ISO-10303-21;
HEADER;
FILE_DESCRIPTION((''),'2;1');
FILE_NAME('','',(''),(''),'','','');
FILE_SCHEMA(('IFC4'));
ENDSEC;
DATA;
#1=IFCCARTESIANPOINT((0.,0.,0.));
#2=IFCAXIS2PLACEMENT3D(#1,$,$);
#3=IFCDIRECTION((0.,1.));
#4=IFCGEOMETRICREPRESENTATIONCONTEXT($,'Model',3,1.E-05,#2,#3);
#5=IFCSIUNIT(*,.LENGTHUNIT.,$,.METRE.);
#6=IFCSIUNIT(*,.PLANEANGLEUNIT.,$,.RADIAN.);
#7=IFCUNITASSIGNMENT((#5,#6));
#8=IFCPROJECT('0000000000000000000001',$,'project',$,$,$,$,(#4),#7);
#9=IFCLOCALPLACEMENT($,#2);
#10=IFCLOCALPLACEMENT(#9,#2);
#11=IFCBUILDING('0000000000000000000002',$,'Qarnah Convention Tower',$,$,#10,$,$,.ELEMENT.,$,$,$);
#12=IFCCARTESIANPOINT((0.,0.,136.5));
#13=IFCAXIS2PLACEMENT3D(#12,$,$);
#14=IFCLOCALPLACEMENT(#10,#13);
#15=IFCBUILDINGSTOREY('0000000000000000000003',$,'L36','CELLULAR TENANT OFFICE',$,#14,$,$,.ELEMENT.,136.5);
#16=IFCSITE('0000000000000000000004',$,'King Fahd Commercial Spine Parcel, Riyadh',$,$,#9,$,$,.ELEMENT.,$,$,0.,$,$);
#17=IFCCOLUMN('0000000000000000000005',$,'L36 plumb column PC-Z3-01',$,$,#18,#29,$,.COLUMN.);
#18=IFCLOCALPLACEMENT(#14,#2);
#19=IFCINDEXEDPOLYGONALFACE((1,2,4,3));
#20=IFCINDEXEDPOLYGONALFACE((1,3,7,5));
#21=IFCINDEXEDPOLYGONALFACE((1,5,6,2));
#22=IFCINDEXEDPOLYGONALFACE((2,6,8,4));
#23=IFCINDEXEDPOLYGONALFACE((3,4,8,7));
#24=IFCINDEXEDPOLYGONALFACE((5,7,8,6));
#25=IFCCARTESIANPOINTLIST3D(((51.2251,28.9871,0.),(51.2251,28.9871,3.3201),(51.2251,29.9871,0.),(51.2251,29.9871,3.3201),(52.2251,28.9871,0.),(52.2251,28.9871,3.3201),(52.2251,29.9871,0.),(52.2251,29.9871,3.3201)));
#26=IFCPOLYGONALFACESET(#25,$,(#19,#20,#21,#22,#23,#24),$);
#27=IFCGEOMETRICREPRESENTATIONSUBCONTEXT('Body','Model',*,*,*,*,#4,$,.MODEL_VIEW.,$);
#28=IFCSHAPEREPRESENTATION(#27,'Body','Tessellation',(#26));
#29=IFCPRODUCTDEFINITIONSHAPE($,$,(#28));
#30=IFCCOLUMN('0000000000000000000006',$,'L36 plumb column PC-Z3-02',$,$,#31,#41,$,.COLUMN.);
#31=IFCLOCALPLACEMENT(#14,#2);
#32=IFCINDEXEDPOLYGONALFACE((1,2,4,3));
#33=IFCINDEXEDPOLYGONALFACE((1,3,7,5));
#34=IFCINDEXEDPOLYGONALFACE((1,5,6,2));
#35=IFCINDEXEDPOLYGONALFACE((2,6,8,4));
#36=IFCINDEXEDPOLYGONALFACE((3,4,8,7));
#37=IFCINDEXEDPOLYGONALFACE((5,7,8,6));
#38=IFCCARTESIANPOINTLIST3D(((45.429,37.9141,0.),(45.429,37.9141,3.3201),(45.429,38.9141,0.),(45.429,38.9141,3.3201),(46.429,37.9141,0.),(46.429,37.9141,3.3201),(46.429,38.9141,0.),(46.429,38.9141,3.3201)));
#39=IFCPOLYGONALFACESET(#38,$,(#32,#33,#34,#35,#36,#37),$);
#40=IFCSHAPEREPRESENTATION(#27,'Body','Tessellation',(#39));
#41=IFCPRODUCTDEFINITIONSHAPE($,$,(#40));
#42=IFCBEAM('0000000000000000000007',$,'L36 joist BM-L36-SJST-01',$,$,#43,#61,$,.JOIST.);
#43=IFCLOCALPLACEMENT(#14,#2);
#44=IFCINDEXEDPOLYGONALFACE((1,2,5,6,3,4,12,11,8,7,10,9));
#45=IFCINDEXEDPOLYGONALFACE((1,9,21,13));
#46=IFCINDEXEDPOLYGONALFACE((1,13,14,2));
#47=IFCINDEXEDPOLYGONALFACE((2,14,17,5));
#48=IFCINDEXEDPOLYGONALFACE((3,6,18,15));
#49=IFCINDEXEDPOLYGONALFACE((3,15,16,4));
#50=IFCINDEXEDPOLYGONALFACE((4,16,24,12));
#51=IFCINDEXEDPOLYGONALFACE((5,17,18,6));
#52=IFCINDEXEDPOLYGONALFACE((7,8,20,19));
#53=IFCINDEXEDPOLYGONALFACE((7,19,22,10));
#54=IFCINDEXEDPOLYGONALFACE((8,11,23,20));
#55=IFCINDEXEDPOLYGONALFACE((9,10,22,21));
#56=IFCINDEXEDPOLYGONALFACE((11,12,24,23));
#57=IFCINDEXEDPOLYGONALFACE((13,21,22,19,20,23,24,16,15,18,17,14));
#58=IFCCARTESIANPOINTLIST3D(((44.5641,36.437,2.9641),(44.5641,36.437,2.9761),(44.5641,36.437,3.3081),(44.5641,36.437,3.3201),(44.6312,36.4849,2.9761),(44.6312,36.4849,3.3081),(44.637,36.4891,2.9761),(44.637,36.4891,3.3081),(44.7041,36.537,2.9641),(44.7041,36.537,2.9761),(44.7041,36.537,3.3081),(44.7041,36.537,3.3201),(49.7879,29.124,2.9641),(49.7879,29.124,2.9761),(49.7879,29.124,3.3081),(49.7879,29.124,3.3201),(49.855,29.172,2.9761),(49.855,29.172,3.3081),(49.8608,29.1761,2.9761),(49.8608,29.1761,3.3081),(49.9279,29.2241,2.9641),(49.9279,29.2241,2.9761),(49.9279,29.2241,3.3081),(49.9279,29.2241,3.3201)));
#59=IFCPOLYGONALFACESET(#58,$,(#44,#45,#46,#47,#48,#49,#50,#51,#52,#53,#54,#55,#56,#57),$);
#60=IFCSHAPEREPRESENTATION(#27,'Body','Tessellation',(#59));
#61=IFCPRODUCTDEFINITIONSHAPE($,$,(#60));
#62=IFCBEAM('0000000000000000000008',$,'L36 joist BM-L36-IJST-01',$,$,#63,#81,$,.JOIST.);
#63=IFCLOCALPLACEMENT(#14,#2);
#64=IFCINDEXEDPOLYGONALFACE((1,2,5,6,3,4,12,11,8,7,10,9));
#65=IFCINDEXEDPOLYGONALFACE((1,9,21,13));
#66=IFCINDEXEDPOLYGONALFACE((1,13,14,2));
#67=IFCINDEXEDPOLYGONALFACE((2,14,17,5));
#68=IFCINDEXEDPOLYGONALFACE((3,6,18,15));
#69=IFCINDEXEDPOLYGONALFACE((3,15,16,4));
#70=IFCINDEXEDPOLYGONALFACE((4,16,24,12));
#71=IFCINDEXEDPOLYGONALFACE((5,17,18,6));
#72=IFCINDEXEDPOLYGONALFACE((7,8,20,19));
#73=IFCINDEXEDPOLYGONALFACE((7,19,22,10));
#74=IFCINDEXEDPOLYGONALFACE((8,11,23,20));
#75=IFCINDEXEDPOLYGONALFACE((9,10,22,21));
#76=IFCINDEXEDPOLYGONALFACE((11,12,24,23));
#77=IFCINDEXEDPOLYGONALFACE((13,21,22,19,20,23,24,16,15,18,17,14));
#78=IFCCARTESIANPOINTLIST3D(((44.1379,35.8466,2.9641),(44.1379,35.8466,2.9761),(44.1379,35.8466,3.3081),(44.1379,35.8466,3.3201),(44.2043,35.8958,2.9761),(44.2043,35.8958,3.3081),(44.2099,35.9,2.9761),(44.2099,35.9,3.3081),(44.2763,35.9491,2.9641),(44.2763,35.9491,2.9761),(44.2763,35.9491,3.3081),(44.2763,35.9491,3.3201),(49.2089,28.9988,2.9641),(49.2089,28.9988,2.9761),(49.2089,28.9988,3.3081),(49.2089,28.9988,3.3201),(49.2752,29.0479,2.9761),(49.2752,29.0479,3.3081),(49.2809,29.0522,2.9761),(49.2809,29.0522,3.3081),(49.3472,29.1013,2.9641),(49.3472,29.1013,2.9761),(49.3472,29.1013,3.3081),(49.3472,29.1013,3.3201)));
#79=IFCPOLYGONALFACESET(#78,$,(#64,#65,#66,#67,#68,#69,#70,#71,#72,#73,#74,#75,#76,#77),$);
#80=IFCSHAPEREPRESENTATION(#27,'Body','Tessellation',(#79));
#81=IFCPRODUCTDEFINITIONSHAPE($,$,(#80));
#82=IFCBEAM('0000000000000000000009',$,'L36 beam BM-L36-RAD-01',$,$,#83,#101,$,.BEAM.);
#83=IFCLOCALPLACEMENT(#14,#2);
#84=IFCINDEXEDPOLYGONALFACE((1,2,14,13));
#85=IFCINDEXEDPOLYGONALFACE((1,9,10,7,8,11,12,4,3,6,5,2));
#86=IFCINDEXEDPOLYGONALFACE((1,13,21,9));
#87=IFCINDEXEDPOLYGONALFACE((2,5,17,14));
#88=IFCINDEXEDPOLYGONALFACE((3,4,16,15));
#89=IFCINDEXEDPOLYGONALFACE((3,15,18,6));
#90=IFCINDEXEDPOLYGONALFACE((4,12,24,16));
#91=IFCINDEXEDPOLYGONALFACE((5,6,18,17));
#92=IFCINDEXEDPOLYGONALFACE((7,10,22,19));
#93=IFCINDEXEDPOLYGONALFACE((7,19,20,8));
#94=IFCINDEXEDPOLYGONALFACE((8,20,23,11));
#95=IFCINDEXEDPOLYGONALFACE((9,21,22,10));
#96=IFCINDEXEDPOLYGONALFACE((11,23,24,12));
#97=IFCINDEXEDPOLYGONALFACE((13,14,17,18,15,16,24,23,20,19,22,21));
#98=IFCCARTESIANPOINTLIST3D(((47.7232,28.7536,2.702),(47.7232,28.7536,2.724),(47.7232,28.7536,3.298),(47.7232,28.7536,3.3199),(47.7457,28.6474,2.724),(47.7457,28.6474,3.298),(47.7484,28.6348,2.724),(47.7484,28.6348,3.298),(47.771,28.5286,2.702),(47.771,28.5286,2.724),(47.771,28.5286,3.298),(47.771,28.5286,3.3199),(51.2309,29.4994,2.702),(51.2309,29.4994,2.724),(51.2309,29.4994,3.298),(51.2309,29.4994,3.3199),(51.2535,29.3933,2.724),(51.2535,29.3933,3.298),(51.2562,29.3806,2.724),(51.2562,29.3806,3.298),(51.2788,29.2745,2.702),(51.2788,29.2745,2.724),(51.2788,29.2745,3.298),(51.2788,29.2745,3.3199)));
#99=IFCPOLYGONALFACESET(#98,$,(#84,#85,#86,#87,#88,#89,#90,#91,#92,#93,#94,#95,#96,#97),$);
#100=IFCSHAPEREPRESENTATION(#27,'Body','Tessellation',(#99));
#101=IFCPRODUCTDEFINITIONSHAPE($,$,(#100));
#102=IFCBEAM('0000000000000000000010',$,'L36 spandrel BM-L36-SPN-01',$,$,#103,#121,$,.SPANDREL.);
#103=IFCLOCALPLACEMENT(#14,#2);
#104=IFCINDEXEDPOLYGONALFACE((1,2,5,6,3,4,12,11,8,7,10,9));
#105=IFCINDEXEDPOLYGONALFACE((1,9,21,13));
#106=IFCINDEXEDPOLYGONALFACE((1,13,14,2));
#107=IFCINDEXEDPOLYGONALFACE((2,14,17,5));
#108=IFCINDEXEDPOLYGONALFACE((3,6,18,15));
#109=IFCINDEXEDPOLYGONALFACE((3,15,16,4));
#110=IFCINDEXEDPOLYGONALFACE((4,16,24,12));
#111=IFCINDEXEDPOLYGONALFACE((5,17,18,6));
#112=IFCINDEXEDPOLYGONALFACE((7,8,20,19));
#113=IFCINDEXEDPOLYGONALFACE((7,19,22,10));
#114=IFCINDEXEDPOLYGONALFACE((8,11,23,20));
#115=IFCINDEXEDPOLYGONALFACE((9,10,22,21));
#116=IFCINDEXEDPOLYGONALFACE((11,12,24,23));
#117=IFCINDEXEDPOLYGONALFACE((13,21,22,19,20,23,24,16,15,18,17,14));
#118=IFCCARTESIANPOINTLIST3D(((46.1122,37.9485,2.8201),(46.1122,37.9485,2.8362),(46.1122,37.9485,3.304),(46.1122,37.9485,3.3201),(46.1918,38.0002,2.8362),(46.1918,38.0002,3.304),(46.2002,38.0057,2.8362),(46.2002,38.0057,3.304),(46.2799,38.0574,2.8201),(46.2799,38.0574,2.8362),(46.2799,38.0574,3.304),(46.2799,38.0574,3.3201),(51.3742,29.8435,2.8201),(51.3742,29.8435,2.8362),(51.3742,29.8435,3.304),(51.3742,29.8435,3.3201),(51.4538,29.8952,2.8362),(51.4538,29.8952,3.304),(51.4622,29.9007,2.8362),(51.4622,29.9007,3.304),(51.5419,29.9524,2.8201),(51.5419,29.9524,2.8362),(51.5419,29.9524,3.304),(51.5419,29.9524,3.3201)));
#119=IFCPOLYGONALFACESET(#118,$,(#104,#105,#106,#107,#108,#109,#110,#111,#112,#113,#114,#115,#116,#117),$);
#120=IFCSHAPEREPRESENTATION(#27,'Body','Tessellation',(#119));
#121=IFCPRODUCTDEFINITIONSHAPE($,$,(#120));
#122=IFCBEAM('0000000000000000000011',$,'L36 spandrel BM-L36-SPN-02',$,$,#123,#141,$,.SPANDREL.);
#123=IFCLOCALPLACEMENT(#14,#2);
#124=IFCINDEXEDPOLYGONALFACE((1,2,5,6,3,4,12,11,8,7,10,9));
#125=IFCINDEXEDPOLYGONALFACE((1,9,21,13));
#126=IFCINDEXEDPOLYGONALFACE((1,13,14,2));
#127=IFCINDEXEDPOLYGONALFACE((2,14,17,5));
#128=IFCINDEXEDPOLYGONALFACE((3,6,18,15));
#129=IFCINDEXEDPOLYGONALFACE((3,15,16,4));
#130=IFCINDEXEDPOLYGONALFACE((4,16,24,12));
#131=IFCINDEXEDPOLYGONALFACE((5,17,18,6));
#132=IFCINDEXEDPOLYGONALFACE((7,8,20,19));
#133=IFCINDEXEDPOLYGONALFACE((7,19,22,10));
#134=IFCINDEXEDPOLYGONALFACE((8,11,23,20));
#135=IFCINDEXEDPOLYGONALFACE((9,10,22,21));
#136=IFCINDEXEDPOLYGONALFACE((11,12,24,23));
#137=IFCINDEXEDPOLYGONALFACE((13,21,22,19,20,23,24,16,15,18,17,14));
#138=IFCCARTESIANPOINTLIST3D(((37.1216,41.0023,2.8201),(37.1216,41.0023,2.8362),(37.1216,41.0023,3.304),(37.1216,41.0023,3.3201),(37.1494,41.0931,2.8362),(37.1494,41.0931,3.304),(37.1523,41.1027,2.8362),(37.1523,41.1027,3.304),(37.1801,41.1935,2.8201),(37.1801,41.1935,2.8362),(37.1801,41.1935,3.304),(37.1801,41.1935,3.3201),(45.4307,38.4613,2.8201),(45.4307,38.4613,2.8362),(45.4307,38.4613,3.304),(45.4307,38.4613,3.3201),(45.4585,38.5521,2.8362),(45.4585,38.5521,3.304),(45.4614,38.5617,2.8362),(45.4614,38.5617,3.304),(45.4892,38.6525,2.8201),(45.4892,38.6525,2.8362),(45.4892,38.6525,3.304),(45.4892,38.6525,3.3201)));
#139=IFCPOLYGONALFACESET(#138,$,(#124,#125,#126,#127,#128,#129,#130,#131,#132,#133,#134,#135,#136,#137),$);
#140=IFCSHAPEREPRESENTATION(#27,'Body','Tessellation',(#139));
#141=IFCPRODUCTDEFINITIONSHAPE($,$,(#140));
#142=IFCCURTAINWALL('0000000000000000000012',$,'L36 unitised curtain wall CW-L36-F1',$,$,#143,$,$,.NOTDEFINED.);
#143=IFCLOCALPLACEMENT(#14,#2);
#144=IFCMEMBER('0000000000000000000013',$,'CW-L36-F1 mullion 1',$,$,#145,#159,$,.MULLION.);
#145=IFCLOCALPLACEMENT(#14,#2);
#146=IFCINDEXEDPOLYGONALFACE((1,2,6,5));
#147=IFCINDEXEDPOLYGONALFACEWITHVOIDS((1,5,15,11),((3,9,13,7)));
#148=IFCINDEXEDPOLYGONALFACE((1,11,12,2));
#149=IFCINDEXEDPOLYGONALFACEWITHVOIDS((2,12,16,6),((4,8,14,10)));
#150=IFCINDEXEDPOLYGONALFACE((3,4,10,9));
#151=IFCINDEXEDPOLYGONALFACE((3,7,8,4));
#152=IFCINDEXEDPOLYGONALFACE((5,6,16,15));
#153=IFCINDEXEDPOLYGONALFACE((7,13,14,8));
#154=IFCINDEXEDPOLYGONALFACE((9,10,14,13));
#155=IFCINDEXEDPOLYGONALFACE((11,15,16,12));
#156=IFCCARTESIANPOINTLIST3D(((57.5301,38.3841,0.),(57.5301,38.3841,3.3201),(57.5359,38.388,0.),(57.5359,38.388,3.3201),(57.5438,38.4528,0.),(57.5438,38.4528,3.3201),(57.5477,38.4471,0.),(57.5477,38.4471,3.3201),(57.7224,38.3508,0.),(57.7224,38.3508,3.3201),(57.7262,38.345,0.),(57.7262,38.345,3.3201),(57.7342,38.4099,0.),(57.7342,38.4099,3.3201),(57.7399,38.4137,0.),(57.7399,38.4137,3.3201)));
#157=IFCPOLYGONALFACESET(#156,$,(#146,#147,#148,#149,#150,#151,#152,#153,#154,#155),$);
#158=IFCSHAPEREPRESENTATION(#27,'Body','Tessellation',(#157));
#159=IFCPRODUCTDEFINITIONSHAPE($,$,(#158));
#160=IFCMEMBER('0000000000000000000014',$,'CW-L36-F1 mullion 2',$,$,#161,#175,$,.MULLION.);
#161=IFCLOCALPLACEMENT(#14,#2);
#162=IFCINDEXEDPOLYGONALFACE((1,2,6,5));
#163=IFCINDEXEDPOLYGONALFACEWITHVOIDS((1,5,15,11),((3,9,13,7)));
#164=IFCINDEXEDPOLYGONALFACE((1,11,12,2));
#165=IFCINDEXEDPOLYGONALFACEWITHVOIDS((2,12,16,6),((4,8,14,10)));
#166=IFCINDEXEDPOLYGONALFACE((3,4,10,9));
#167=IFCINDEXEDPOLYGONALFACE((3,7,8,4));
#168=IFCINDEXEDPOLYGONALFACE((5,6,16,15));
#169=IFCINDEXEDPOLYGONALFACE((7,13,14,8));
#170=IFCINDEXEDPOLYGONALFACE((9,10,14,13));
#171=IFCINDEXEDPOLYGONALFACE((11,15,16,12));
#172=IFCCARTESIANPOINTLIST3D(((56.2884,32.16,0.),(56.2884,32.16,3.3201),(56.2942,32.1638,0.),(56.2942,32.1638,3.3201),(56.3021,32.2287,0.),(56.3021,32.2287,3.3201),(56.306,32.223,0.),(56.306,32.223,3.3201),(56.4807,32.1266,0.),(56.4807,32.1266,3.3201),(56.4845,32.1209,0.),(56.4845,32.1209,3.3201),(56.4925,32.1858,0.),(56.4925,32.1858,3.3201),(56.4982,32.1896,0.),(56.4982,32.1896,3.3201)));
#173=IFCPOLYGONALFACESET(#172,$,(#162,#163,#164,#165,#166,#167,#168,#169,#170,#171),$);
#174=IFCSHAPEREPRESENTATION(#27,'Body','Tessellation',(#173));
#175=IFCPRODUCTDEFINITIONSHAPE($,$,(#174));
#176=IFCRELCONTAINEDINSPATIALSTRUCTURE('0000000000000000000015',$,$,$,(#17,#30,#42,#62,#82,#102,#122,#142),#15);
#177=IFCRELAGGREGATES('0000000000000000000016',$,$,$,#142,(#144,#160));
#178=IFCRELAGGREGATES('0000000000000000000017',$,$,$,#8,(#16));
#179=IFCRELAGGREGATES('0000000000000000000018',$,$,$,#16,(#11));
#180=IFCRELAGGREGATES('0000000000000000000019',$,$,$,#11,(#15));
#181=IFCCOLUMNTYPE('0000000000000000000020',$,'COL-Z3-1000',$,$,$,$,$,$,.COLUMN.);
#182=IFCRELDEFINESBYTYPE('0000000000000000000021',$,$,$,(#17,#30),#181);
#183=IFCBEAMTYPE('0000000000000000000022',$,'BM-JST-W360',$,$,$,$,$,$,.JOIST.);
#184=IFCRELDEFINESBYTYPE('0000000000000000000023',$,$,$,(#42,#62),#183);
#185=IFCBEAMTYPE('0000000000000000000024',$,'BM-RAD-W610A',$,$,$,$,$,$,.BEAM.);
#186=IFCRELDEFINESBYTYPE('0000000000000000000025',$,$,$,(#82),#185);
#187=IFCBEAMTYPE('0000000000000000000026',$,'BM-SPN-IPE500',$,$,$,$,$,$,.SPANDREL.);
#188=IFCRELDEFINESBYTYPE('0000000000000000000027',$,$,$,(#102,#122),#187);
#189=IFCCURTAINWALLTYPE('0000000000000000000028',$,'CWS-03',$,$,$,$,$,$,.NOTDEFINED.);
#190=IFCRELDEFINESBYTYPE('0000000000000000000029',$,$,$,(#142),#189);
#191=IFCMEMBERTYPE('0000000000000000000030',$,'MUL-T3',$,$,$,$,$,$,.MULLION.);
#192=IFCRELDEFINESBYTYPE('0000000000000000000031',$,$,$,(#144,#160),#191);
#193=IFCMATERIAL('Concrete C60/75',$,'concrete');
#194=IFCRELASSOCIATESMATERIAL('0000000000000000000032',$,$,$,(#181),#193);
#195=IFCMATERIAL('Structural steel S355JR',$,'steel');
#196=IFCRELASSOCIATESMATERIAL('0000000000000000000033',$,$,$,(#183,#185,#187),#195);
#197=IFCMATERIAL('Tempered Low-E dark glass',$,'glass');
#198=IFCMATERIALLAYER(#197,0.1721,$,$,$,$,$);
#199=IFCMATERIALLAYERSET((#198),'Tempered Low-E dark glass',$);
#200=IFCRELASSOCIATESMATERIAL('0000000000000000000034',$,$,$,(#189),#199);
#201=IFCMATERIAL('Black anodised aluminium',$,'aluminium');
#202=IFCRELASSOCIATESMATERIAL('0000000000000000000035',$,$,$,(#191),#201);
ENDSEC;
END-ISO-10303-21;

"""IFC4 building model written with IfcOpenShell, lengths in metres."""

from ifc_helpers import new_model, si_unit, direction, frame, origin, origin_2d, place, context, subcontext, project, spatial, rectangle, hollow_rectangle, i_section, extrude, material, layer, layer_set, material_profile, profile_set, type_object, element, aggregate, save


model = new_model("IFC4")

# Units and contexts
model_context = context("Model", 3, precision=1e-05, world=origin(), true_north=direction((0.0, 1.0)))
body_context = subcontext(model_context, "Body", "Model", "MODEL_VIEW")
ifc_project = project(units=[si_unit("LENGTHUNIT", "METRE"), si_unit("PLANEANGLEUNIT", "RADIAN")], contexts=[model_context])

# Site, building, storey
site_placement = place(None, origin())
site = spatial("IfcSite", under=ifc_project, at=site_placement, Name="King Fahd Commercial Spine Parcel, Riyadh", CompositionType="ELEMENT", RefElevation=0.0)
building_placement = place(site_placement, origin())
building = spatial("IfcBuilding", under=site, at=building_placement, Name="Qarnah Convention Tower", CompositionType="ELEMENT")
storey_placement = place(building_placement, frame((0.0, 0.0, 136.5)))
storey = spatial("IfcBuildingStorey", under=building, at=storey_placement, Name="L36", Description="CELLULAR TENANT OFFICE", CompositionType="ELEMENT", Elevation=136.5)

# Columns
ifc_material_1 = material(Name="Concrete C60/75", Category="concrete")
ifc_material_profile_1 = material_profile(ifc_material_1, rectangle(XDim=1.0, YDim=1.0, at=origin_2d()), Name="RC-COL-1000X1000")
ifc_profile_set_1 = profile_set([ifc_material_profile_1], Name="Concrete C60/75")
column_type = type_object("IfcColumnType", Name="COL-Z3-1000", PredefinedType="COLUMN", material=ifc_profile_set_1)
for number, where, z_axis, x_axis, name in (
    (1, (51.7251, 29.4871, 0.0), (0.0, 0.0, 1.0), (1.0, 0.0, 0.0), "L36 plumb column PC-Z3-01"),
    (2, (45.929, 38.4141, 0.0), (0.0, 0.0, 1.0), (1.0, 0.0, 0.0), "L36 plumb column PC-Z3-02"),
):
    element("IfcColumn", number, at=place(storey_placement, frame(where, z_axis=z_axis, x_axis=x_axis)), inside=storey, type_object=column_type, Name=name, PredefinedType="COLUMN", context=body_context, shape_type="SweptSolid", body=[
        extrude(rectangle(XDim=1.0, YDim=1.0, at=origin_2d()), origin(), (0.0, 0.0, 1.0), 3.3201),
    ])

# Beams
ifc_material_2 = material(Name="Structural steel S355JR", Category="steel")
ifc_material_profile_2 = material_profile(ifc_material_2, i_section(OverallWidth=0.1721, OverallDepth=0.356, WebThickness=0.0071, FlangeThickness=0.012, at=origin_2d()), Name="W360X51")
ifc_profile_set_2 = profile_set([ifc_material_profile_2], Name="Structural steel S355JR")
beam_type_1 = type_object("IfcBeamType", Name="BM-JST-W360", PredefinedType="JOIST", material=ifc_profile_set_2)
beam_1_placement = place(storey_placement, frame((49.8579, 29.1741, 3.1421), z_axis=(-0.581261, 0.813717, 0.0), x_axis=(-0.813717, -0.581261, 0.0)))
element("IfcBeam", 3, at=beam_1_placement, inside=storey, type_object=beam_type_1, Name="L36 joist BM-L36-SJST-01", PredefinedType="JOIST", context=body_context, shape_type="SweptSolid", body=[
    extrude(i_section(OverallWidth=0.1721, OverallDepth=0.356, WebThickness=0.0071, FlangeThickness=0.012, at=origin_2d()), origin(), (0.0, 0.0, 1.0), 8.9871),
])
beam_2_placement = place(storey_placement, frame((49.2781, 29.05, 3.1421), z_axis=(-0.595116, 0.80364, 0.0), x_axis=(-0.80364, -0.595116, 0.0)))
element("IfcBeam", 4, at=beam_2_placement, inside=storey, type_object=beam_type_1, Name="L36 joist BM-L36-IJST-01", PredefinedType="JOIST", context=body_context, shape_type="SweptSolid", body=[
    extrude(i_section(OverallWidth=0.1721, OverallDepth=0.356, WebThickness=0.0071, FlangeThickness=0.012, at=origin_2d()), origin(), (0.0, 0.0, 1.0), 8.521),
])
ifc_material_profile_3 = material_profile(ifc_material_2, i_section(OverallWidth=0.23, OverallDepth=0.6179, WebThickness=0.0129, FlangeThickness=0.022, at=origin_2d()), Name="W610X140")
ifc_profile_set_3 = profile_set([ifc_material_profile_3], Name="Structural steel S355JR")
beam_type_2 = type_object("IfcBeamType", Name="BM-RAD-W610A", PredefinedType="BEAM", material=ifc_profile_set_3)
beam_3_placement = place(storey_placement, frame((47.7471, 28.6411, 3.011), z_axis=(0.978134, 0.207976, 0.0), x_axis=(-0.207976, 0.978134, 0.0)))
element("IfcBeam", 5, at=beam_3_placement, inside=storey, type_object=beam_type_2, Name="L36 beam BM-L36-RAD-01", PredefinedType="BEAM", context=body_context, shape_type="SweptSolid", body=[
    extrude(i_section(OverallWidth=0.23, OverallDepth=0.6179, WebThickness=0.0129, FlangeThickness=0.022, at=origin_2d()), origin(), (0.0, 0.0, 1.0), 3.5862),
])
ifc_material_profile_4 = material_profile(ifc_material_2, i_section(OverallWidth=0.2, OverallDepth=0.5, WebThickness=0.01, FlangeThickness=0.0161, at=origin_2d()), Name="IPE500")
ifc_profile_set_4 = profile_set([ifc_material_profile_4], Name="Structural steel S355JR")
beam_type_3 = type_object("IfcBeamType", Name="BM-SPN-IPE500", PredefinedType="SPANDREL", material=ifc_profile_set_4)
beam_4_placement = place(storey_placement, frame((51.458, 29.8979, 3.0701), z_axis=(-0.544532, 0.83874, 0.0), x_axis=(-0.83874, -0.544532, 0.0)))
element("IfcBeam", 6, at=beam_4_placement, inside=storey, type_object=beam_type_3, Name="L36 spandrel BM-L36-SPN-01", PredefinedType="SPANDREL", context=body_context, shape_type="SweptSolid", body=[
    extrude(i_section(OverallWidth=0.2, OverallDepth=0.5, WebThickness=0.01, FlangeThickness=0.0161, at=origin_2d()), origin(), (0.0, 0.0, 1.0), 9.6633),
])
beam_5_placement = place(storey_placement, frame((45.46, 38.5569, 3.0701), z_axis=(-0.956283, 0.292443, 0.0), x_axis=(-0.292443, -0.956283, 0.0)))
element("IfcBeam", 7, at=beam_5_placement, inside=storey, type_object=beam_type_3, Name="L36 spandrel BM-L36-SPN-02", PredefinedType="SPANDREL", context=body_context, shape_type="SweptSolid", body=[
    extrude(i_section(OverallWidth=0.2, OverallDepth=0.5, WebThickness=0.01, FlangeThickness=0.0161, at=origin_2d()), origin(), (0.0, 0.0, 1.0), 8.689),
])

# Curtain wall, members
ifc_material_3 = material(Name="Tempered Low-E dark glass", Category="glass")
ifc_layer_1 = layer(ifc_material_3, 0.1721)
ifc_layer_set_1 = layer_set([ifc_layer_1], Name="Tempered Low-E dark glass")
curtain_wall_type = type_object("IfcCurtainWallType", Name="CWS-03", PredefinedType="NOTDEFINED", material=ifc_layer_set_1)
curtain_wall_1_placement = place(storey_placement, origin())
curtain_wall_1 = element("IfcCurtainWall", 8, at=curtain_wall_1_placement, inside=storey, type_object=curtain_wall_type, Name="L36 unitised curtain wall CW-L36-F1", PredefinedType="NOTDEFINED")
ifc_material_4 = material(Name="Black anodised aluminium", Category="aluminium")
ifc_material_profile_5 = material_profile(ifc_material_4, hollow_rectangle(XDim=0.0701, YDim=0.2, WallThickness=0.0049, at=origin_2d()), Name="MUL-70X200")
ifc_profile_set_5 = profile_set([ifc_material_profile_5], Name="Black anodised aluminium")
member_type_1 = type_object("IfcMemberType", Name="MUL-T3", PredefinedType="MULLION", material=ifc_profile_set_5)
member_1_placement = place(storey_placement, frame((57.635, 38.3989, 0.0), z_axis=(0.0, 0.0, 1.0), x_axis=(-0.195625, -0.980679, 0.0)))
member_1 = element("IfcMember", 9, at=member_1_placement, type_object=member_type_1, Name="CW-L36-F1 mullion 1", PredefinedType="MULLION", context=body_context, shape_type="SweptSolid", body=[
    extrude(hollow_rectangle(XDim=0.0701, YDim=0.2, WallThickness=0.0049, at=origin_2d()), origin(), (0.0, 0.0, 1.0), 3.3201),
])
member_2_placement = place(storey_placement, frame((56.3933, 32.1748, 0.0), z_axis=(0.0, 0.0, 1.0), x_axis=(-0.195625, -0.980679, 0.0)))
member_2 = element("IfcMember", 10, at=member_2_placement, type_object=member_type_1, Name="CW-L36-F1 mullion 2", PredefinedType="MULLION", context=body_context, shape_type="SweptSolid", body=[
    extrude(hollow_rectangle(XDim=0.0701, YDim=0.2, WallThickness=0.0049, at=origin_2d()), origin(), (0.0, 0.0, 1.0), 3.3201),
])

aggregate(curtain_wall_1, [member_1, member_2])

save(model, "model.ifc")
